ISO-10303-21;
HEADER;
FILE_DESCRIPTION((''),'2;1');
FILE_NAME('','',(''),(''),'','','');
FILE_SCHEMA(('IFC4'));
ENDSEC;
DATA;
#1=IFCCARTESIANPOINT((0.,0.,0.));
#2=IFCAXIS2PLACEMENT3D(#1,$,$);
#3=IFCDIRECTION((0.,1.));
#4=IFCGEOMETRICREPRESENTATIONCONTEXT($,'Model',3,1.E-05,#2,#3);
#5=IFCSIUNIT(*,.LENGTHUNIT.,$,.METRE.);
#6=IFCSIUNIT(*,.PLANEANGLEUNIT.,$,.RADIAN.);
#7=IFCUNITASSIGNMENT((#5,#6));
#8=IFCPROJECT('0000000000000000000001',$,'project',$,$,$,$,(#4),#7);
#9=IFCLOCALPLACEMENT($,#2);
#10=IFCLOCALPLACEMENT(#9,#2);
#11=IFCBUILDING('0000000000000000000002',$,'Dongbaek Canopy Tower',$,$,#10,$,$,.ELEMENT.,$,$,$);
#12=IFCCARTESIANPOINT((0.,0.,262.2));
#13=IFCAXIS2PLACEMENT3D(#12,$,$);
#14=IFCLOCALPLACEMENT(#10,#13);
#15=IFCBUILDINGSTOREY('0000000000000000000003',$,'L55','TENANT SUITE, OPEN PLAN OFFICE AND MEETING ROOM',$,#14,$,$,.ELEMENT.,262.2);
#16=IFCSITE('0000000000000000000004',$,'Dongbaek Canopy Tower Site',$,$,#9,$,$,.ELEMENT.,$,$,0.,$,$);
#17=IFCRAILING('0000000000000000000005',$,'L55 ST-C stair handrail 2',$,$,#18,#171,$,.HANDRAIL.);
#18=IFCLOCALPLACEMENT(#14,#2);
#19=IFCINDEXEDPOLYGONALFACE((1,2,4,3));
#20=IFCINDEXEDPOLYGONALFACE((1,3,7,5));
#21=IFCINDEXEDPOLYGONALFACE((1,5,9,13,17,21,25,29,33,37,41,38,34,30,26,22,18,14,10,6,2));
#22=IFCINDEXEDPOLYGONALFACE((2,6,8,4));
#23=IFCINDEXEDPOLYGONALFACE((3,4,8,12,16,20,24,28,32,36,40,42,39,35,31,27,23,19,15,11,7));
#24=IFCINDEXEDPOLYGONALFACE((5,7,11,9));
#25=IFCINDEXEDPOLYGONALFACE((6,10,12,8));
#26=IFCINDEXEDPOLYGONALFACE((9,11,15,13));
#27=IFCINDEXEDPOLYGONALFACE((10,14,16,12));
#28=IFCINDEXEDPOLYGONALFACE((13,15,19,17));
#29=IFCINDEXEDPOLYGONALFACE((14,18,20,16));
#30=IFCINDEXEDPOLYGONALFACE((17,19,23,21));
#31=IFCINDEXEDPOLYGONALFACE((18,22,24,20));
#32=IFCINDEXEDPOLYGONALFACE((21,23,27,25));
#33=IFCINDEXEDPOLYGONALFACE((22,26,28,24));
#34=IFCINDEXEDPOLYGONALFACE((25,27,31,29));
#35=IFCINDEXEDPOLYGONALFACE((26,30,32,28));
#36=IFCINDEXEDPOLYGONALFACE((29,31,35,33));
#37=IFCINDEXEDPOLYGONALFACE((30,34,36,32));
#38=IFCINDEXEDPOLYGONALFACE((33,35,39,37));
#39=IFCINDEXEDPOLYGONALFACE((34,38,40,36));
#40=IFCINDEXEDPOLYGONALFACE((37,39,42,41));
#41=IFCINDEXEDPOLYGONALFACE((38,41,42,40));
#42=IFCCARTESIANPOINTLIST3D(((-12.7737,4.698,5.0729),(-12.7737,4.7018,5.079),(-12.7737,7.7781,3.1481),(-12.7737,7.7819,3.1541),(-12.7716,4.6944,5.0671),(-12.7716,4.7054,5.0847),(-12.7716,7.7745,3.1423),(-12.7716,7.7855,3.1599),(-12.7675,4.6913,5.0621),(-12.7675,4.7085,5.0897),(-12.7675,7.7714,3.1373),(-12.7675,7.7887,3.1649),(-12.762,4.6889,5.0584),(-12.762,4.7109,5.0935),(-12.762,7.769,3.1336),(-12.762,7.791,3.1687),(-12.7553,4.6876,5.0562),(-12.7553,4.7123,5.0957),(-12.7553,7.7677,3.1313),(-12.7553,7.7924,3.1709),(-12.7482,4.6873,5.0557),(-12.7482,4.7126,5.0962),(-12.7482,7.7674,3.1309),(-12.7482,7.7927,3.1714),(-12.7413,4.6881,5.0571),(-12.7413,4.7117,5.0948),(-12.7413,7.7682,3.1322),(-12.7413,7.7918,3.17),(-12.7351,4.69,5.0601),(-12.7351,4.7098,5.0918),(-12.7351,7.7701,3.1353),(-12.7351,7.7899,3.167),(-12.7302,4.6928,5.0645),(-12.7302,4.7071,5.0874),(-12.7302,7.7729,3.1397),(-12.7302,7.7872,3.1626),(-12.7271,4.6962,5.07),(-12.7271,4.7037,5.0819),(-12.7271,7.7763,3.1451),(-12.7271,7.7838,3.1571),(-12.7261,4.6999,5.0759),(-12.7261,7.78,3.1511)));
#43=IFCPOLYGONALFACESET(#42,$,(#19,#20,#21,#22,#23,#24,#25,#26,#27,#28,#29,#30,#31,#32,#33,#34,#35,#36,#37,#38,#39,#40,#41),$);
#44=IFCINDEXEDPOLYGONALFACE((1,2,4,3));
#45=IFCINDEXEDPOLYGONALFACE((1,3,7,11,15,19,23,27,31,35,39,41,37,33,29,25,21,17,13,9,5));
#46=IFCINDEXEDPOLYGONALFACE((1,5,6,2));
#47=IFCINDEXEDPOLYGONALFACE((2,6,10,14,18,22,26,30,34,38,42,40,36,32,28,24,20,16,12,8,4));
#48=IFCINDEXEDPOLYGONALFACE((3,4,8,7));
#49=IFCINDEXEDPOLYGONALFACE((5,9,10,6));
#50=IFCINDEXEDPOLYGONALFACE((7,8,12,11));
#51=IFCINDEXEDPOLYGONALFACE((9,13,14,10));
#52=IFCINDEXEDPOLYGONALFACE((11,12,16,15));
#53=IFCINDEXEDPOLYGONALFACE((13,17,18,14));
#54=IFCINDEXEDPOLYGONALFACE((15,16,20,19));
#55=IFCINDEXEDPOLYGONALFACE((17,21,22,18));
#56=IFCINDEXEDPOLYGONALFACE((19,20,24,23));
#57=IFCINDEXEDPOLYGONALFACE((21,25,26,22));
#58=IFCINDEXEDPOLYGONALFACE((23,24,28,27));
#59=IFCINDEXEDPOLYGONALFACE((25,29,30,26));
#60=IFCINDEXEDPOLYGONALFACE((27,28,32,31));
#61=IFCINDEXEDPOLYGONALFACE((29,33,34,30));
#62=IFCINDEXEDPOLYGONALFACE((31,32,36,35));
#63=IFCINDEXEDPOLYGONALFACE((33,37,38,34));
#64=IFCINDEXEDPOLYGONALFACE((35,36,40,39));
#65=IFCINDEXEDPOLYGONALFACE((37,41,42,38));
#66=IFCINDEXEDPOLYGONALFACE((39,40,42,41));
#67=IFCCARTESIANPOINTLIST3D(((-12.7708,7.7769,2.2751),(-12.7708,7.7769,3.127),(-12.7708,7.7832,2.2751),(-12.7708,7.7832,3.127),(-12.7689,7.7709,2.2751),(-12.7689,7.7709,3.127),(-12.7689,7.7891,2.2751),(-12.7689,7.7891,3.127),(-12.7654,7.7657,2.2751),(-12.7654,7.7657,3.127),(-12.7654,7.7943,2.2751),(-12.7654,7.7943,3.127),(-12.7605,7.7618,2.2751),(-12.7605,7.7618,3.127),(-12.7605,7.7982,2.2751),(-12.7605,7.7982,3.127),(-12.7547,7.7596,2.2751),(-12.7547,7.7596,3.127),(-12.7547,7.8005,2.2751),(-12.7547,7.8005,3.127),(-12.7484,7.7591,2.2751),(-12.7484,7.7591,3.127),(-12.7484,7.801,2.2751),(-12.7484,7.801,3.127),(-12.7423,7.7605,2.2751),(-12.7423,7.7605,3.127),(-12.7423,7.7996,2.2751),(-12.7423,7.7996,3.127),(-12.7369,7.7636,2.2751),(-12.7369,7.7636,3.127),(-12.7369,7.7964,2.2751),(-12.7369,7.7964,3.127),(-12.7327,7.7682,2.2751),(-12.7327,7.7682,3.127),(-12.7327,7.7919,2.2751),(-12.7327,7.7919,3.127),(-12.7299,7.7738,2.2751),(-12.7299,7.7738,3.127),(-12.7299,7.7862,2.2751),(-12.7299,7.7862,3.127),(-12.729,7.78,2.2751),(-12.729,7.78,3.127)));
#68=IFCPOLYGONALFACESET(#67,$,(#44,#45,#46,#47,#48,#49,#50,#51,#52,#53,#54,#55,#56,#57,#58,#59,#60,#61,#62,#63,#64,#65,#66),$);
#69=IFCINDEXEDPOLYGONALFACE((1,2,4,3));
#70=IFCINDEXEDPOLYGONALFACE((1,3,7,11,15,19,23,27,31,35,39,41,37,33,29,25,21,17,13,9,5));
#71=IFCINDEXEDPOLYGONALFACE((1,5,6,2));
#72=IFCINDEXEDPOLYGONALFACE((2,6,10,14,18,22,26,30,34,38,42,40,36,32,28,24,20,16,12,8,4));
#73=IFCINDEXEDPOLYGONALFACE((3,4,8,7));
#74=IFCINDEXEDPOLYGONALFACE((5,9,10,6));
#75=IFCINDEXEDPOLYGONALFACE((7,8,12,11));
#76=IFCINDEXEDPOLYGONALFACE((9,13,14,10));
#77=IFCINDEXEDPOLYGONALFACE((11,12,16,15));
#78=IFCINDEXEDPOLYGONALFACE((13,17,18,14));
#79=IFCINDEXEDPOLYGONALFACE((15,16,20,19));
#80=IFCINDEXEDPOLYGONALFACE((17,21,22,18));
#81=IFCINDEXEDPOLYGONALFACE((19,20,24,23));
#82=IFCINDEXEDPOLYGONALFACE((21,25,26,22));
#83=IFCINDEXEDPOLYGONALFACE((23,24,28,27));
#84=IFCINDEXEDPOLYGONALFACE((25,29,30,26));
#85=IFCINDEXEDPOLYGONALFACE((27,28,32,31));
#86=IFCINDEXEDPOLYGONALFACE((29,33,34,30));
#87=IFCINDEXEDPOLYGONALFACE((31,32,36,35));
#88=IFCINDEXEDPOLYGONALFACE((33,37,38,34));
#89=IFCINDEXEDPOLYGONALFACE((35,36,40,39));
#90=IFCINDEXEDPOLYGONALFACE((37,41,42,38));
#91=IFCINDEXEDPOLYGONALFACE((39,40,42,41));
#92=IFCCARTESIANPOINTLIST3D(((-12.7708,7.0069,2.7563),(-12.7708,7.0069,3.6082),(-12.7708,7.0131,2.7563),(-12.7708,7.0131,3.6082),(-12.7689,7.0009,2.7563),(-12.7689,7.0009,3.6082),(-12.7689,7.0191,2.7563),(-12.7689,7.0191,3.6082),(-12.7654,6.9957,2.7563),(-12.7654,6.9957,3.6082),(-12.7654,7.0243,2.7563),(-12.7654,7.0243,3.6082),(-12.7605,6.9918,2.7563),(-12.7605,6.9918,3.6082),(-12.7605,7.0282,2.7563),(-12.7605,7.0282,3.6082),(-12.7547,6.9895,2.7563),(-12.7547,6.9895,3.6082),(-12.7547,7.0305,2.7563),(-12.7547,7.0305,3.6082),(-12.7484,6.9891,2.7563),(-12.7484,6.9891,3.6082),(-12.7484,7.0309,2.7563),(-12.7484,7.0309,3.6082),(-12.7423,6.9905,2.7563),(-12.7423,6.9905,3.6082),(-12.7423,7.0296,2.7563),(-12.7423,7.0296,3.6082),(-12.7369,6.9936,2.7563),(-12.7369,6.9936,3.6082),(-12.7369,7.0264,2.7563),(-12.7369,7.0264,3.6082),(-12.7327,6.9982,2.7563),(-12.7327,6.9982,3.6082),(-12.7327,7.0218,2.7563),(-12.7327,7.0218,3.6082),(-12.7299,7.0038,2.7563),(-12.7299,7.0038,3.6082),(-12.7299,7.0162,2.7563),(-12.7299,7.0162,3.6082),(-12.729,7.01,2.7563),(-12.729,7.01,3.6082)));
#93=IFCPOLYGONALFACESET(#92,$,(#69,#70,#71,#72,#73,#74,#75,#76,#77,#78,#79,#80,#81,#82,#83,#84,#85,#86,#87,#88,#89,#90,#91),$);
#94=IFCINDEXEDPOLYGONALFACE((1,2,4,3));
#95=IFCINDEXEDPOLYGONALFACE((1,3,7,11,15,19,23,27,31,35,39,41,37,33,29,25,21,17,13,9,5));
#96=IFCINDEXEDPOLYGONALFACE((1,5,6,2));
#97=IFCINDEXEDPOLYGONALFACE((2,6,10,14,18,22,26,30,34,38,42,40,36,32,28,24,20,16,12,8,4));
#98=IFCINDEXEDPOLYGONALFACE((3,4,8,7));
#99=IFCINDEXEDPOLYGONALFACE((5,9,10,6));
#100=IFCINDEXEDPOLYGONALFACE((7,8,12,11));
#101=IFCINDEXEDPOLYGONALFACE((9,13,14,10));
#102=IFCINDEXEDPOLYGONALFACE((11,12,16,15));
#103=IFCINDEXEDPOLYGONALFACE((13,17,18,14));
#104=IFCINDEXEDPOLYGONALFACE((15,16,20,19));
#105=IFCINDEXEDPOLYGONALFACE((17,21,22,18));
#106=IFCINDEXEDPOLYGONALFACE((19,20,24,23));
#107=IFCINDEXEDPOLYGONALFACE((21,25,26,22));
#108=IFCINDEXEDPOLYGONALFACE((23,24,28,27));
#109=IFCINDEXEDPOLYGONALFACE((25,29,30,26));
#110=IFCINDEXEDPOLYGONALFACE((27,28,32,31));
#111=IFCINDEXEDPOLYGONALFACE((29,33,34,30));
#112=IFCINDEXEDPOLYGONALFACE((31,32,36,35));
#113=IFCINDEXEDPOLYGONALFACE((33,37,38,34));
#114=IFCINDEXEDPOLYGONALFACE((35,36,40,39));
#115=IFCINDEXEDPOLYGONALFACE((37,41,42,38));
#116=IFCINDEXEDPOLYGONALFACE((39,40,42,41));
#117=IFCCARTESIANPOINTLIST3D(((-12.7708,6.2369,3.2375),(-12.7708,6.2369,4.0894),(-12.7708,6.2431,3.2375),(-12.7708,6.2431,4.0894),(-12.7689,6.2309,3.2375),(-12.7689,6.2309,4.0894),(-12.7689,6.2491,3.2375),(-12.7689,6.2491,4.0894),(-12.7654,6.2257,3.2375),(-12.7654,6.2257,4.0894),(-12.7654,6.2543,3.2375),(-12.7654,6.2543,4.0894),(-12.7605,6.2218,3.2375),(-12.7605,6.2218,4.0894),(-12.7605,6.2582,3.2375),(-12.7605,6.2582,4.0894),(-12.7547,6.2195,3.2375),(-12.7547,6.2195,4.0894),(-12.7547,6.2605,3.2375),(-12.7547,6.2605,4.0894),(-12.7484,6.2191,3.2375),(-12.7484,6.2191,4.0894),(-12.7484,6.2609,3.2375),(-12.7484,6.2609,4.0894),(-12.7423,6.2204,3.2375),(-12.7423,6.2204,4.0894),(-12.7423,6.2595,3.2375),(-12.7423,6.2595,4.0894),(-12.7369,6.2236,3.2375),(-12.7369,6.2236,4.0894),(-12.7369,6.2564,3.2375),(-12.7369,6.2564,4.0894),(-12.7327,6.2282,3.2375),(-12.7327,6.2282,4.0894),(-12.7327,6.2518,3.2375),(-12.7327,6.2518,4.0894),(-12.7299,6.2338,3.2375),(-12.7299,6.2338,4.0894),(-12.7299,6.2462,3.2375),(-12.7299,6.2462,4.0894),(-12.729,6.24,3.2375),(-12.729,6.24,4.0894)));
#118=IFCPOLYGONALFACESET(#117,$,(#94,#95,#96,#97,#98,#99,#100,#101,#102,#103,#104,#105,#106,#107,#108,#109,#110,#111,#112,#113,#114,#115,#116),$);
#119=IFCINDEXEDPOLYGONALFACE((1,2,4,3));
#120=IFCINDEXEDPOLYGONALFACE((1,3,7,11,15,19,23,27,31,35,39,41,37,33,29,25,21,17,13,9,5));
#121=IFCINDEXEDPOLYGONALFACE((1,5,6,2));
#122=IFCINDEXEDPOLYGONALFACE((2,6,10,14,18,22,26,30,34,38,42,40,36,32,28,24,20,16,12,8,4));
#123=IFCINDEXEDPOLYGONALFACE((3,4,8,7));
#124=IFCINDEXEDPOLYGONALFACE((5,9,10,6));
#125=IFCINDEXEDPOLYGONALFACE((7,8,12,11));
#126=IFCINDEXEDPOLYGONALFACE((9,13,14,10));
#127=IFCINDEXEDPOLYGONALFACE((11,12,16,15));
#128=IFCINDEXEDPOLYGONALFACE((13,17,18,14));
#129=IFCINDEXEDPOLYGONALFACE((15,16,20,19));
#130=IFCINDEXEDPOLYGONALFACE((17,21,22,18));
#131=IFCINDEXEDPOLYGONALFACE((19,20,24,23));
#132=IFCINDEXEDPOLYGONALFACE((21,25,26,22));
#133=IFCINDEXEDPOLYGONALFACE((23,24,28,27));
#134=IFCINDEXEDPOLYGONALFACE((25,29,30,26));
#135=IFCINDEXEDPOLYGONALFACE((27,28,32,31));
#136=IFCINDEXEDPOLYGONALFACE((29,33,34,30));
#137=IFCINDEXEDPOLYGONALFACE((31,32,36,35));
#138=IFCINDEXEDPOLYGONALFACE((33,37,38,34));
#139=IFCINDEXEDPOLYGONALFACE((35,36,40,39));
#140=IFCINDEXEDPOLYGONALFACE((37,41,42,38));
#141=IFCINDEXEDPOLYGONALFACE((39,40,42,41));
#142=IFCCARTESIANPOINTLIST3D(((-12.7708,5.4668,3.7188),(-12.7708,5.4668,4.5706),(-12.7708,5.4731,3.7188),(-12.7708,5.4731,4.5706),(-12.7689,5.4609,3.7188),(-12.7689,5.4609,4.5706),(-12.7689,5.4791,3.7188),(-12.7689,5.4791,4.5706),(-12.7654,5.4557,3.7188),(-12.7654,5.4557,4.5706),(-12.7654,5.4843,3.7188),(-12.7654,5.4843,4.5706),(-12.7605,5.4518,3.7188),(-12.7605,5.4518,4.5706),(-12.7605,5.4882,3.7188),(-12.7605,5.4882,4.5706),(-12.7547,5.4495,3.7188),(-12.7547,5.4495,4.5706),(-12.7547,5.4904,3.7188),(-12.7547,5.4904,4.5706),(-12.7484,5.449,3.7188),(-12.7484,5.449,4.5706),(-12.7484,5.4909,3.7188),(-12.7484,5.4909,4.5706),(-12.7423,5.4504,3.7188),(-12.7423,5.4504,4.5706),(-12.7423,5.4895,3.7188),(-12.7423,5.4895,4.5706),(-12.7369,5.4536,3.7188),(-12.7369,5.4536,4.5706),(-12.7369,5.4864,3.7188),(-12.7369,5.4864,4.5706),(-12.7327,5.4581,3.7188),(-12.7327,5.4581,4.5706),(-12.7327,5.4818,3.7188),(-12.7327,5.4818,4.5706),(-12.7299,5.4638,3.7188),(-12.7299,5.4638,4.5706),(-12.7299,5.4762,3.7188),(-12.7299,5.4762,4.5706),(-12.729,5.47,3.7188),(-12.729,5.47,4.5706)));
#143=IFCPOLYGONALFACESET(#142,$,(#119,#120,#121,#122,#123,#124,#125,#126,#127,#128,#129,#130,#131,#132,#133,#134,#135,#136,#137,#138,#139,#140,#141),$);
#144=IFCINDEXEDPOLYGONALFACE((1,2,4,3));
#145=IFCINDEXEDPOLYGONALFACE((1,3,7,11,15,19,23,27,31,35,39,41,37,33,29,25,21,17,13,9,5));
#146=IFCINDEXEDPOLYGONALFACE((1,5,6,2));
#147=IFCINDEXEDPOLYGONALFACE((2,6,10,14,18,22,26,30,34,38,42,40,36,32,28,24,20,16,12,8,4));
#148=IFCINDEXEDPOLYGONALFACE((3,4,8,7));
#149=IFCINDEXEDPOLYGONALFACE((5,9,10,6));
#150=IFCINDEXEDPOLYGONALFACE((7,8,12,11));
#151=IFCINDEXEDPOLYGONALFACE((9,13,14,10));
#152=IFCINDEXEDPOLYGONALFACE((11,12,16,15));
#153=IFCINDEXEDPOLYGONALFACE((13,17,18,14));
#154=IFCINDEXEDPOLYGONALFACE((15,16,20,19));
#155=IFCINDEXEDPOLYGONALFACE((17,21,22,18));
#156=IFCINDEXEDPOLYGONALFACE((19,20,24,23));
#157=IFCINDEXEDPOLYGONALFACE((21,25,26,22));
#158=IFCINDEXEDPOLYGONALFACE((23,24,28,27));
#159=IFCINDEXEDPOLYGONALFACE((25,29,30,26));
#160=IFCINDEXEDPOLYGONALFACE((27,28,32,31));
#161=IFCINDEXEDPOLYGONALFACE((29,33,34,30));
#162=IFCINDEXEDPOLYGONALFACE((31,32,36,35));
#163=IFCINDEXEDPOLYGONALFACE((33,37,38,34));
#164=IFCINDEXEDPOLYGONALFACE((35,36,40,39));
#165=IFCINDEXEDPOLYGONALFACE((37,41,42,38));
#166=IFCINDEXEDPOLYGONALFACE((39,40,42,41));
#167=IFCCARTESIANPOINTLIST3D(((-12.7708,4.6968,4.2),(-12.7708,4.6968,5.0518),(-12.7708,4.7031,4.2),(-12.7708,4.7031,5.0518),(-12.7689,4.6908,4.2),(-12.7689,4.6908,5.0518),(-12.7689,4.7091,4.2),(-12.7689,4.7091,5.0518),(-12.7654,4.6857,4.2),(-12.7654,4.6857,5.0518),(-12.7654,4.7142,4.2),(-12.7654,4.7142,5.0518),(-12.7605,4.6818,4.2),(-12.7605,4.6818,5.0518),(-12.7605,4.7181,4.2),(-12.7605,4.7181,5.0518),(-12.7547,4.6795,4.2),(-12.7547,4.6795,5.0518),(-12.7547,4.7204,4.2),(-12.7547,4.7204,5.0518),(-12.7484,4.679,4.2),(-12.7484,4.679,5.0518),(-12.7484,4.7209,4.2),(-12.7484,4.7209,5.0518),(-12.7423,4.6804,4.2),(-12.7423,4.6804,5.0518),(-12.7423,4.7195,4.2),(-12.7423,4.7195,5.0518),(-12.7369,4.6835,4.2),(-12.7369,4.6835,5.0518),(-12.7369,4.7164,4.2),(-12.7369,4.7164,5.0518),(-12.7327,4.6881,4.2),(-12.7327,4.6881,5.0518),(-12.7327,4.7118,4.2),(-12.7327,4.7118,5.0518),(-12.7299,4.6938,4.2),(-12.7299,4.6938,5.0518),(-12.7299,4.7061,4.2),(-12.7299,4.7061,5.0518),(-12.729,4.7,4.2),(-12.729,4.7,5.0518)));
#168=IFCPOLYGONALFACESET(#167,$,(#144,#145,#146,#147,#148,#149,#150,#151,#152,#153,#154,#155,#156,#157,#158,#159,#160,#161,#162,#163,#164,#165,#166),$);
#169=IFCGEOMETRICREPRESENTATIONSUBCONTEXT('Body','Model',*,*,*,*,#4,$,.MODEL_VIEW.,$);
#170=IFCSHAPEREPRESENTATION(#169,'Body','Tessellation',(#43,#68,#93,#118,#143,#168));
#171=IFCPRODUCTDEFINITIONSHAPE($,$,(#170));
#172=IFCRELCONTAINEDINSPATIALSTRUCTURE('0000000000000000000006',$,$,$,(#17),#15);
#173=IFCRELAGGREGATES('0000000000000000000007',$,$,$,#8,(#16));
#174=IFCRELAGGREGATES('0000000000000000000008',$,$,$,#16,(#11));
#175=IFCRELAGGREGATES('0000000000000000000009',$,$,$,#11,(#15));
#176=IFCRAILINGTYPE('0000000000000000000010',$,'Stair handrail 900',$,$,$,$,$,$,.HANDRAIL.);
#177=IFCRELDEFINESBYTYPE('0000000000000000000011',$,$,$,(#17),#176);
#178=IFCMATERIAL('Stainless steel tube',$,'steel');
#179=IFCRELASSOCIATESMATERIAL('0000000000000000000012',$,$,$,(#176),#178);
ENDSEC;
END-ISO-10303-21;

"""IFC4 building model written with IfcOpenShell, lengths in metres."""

from ifc_helpers import new_model, si_unit, direction, frame, origin, origin_2d, place, context, subcontext, project, spatial, circle, extrude, material, type_object, element, save


model = new_model("IFC4")

# Units and contexts
model_context = context("Model", 3, precision=1e-05, world=origin(), true_north=direction((0.0, 1.0)))
body_context = subcontext(model_context, "Body", "Model", "MODEL_VIEW")
ifc_project = project(units=[si_unit("LENGTHUNIT", "METRE"), si_unit("PLANEANGLEUNIT", "RADIAN")], contexts=[model_context])

# Site, building, storey
site_placement = place(None, origin())
site = spatial("IfcSite", under=ifc_project, at=site_placement, Name="Dongbaek Canopy Tower Site", CompositionType="ELEMENT", RefElevation=0.0)
building_placement = place(site_placement, origin())
building = spatial("IfcBuilding", under=site, at=building_placement, Name="Dongbaek Canopy Tower", CompositionType="ELEMENT")
storey_placement = place(building_placement, frame((0.0, 0.0, 262.2)))
storey = spatial("IfcBuildingStorey", under=building, at=storey_placement, Name="L55", Description="TENANT SUITE, OPEN PLAN OFFICE AND MEETING ROOM", CompositionType="ELEMENT", Elevation=262.2)

# Railing
ifc_material_1 = material(Name="Stainless steel tube", Category="steel")
railing_type_1 = type_object("IfcRailingType", Name="Stair handrail 900", PredefinedType="HANDRAIL", material=ifc_material_1)
railing_1_placement = place(storey_placement, frame((-12.75, 7.78, 2.2751)))
element("IfcRailing", 1, at=railing_1_placement, inside=storey, type_object=railing_type_1, Name="L55 ST-C stair handrail 2", PredefinedType="HANDRAIL", context=body_context, shape_type="SweptSolid", body=[
    extrude(circle(Radius=0.0239, at=origin_2d()), frame((0.0, 0.0, 0.876), z_axis=(0.0, -0.848029, 0.529951), x_axis=(1.0, 0.0, 0.0)), (0.0, 0.0, 1.0), 3.6321),
    extrude(circle(Radius=0.021, at=origin_2d()), origin(), (0.0, 0.0, 1.0), 0.8518),
    extrude(circle(Radius=0.021, at=origin_2d()), frame((0.0, -0.77, 0.4812)), (0.0, 0.0, 1.0), 0.8518),
    extrude(circle(Radius=0.021, at=origin_2d()), frame((0.0, -1.54, 0.9624)), (0.0, 0.0, 1.0), 0.8518),
    extrude(circle(Radius=0.021, at=origin_2d()), frame((0.0, -2.3101, 1.4436)), (0.0, 0.0, 1.0), 0.8518),
    extrude(circle(Radius=0.021, at=origin_2d()), frame((0.0, -3.0801, 1.9248)), (0.0, 0.0, 1.0), 0.8518),
])

save(model, "model.ifc")
